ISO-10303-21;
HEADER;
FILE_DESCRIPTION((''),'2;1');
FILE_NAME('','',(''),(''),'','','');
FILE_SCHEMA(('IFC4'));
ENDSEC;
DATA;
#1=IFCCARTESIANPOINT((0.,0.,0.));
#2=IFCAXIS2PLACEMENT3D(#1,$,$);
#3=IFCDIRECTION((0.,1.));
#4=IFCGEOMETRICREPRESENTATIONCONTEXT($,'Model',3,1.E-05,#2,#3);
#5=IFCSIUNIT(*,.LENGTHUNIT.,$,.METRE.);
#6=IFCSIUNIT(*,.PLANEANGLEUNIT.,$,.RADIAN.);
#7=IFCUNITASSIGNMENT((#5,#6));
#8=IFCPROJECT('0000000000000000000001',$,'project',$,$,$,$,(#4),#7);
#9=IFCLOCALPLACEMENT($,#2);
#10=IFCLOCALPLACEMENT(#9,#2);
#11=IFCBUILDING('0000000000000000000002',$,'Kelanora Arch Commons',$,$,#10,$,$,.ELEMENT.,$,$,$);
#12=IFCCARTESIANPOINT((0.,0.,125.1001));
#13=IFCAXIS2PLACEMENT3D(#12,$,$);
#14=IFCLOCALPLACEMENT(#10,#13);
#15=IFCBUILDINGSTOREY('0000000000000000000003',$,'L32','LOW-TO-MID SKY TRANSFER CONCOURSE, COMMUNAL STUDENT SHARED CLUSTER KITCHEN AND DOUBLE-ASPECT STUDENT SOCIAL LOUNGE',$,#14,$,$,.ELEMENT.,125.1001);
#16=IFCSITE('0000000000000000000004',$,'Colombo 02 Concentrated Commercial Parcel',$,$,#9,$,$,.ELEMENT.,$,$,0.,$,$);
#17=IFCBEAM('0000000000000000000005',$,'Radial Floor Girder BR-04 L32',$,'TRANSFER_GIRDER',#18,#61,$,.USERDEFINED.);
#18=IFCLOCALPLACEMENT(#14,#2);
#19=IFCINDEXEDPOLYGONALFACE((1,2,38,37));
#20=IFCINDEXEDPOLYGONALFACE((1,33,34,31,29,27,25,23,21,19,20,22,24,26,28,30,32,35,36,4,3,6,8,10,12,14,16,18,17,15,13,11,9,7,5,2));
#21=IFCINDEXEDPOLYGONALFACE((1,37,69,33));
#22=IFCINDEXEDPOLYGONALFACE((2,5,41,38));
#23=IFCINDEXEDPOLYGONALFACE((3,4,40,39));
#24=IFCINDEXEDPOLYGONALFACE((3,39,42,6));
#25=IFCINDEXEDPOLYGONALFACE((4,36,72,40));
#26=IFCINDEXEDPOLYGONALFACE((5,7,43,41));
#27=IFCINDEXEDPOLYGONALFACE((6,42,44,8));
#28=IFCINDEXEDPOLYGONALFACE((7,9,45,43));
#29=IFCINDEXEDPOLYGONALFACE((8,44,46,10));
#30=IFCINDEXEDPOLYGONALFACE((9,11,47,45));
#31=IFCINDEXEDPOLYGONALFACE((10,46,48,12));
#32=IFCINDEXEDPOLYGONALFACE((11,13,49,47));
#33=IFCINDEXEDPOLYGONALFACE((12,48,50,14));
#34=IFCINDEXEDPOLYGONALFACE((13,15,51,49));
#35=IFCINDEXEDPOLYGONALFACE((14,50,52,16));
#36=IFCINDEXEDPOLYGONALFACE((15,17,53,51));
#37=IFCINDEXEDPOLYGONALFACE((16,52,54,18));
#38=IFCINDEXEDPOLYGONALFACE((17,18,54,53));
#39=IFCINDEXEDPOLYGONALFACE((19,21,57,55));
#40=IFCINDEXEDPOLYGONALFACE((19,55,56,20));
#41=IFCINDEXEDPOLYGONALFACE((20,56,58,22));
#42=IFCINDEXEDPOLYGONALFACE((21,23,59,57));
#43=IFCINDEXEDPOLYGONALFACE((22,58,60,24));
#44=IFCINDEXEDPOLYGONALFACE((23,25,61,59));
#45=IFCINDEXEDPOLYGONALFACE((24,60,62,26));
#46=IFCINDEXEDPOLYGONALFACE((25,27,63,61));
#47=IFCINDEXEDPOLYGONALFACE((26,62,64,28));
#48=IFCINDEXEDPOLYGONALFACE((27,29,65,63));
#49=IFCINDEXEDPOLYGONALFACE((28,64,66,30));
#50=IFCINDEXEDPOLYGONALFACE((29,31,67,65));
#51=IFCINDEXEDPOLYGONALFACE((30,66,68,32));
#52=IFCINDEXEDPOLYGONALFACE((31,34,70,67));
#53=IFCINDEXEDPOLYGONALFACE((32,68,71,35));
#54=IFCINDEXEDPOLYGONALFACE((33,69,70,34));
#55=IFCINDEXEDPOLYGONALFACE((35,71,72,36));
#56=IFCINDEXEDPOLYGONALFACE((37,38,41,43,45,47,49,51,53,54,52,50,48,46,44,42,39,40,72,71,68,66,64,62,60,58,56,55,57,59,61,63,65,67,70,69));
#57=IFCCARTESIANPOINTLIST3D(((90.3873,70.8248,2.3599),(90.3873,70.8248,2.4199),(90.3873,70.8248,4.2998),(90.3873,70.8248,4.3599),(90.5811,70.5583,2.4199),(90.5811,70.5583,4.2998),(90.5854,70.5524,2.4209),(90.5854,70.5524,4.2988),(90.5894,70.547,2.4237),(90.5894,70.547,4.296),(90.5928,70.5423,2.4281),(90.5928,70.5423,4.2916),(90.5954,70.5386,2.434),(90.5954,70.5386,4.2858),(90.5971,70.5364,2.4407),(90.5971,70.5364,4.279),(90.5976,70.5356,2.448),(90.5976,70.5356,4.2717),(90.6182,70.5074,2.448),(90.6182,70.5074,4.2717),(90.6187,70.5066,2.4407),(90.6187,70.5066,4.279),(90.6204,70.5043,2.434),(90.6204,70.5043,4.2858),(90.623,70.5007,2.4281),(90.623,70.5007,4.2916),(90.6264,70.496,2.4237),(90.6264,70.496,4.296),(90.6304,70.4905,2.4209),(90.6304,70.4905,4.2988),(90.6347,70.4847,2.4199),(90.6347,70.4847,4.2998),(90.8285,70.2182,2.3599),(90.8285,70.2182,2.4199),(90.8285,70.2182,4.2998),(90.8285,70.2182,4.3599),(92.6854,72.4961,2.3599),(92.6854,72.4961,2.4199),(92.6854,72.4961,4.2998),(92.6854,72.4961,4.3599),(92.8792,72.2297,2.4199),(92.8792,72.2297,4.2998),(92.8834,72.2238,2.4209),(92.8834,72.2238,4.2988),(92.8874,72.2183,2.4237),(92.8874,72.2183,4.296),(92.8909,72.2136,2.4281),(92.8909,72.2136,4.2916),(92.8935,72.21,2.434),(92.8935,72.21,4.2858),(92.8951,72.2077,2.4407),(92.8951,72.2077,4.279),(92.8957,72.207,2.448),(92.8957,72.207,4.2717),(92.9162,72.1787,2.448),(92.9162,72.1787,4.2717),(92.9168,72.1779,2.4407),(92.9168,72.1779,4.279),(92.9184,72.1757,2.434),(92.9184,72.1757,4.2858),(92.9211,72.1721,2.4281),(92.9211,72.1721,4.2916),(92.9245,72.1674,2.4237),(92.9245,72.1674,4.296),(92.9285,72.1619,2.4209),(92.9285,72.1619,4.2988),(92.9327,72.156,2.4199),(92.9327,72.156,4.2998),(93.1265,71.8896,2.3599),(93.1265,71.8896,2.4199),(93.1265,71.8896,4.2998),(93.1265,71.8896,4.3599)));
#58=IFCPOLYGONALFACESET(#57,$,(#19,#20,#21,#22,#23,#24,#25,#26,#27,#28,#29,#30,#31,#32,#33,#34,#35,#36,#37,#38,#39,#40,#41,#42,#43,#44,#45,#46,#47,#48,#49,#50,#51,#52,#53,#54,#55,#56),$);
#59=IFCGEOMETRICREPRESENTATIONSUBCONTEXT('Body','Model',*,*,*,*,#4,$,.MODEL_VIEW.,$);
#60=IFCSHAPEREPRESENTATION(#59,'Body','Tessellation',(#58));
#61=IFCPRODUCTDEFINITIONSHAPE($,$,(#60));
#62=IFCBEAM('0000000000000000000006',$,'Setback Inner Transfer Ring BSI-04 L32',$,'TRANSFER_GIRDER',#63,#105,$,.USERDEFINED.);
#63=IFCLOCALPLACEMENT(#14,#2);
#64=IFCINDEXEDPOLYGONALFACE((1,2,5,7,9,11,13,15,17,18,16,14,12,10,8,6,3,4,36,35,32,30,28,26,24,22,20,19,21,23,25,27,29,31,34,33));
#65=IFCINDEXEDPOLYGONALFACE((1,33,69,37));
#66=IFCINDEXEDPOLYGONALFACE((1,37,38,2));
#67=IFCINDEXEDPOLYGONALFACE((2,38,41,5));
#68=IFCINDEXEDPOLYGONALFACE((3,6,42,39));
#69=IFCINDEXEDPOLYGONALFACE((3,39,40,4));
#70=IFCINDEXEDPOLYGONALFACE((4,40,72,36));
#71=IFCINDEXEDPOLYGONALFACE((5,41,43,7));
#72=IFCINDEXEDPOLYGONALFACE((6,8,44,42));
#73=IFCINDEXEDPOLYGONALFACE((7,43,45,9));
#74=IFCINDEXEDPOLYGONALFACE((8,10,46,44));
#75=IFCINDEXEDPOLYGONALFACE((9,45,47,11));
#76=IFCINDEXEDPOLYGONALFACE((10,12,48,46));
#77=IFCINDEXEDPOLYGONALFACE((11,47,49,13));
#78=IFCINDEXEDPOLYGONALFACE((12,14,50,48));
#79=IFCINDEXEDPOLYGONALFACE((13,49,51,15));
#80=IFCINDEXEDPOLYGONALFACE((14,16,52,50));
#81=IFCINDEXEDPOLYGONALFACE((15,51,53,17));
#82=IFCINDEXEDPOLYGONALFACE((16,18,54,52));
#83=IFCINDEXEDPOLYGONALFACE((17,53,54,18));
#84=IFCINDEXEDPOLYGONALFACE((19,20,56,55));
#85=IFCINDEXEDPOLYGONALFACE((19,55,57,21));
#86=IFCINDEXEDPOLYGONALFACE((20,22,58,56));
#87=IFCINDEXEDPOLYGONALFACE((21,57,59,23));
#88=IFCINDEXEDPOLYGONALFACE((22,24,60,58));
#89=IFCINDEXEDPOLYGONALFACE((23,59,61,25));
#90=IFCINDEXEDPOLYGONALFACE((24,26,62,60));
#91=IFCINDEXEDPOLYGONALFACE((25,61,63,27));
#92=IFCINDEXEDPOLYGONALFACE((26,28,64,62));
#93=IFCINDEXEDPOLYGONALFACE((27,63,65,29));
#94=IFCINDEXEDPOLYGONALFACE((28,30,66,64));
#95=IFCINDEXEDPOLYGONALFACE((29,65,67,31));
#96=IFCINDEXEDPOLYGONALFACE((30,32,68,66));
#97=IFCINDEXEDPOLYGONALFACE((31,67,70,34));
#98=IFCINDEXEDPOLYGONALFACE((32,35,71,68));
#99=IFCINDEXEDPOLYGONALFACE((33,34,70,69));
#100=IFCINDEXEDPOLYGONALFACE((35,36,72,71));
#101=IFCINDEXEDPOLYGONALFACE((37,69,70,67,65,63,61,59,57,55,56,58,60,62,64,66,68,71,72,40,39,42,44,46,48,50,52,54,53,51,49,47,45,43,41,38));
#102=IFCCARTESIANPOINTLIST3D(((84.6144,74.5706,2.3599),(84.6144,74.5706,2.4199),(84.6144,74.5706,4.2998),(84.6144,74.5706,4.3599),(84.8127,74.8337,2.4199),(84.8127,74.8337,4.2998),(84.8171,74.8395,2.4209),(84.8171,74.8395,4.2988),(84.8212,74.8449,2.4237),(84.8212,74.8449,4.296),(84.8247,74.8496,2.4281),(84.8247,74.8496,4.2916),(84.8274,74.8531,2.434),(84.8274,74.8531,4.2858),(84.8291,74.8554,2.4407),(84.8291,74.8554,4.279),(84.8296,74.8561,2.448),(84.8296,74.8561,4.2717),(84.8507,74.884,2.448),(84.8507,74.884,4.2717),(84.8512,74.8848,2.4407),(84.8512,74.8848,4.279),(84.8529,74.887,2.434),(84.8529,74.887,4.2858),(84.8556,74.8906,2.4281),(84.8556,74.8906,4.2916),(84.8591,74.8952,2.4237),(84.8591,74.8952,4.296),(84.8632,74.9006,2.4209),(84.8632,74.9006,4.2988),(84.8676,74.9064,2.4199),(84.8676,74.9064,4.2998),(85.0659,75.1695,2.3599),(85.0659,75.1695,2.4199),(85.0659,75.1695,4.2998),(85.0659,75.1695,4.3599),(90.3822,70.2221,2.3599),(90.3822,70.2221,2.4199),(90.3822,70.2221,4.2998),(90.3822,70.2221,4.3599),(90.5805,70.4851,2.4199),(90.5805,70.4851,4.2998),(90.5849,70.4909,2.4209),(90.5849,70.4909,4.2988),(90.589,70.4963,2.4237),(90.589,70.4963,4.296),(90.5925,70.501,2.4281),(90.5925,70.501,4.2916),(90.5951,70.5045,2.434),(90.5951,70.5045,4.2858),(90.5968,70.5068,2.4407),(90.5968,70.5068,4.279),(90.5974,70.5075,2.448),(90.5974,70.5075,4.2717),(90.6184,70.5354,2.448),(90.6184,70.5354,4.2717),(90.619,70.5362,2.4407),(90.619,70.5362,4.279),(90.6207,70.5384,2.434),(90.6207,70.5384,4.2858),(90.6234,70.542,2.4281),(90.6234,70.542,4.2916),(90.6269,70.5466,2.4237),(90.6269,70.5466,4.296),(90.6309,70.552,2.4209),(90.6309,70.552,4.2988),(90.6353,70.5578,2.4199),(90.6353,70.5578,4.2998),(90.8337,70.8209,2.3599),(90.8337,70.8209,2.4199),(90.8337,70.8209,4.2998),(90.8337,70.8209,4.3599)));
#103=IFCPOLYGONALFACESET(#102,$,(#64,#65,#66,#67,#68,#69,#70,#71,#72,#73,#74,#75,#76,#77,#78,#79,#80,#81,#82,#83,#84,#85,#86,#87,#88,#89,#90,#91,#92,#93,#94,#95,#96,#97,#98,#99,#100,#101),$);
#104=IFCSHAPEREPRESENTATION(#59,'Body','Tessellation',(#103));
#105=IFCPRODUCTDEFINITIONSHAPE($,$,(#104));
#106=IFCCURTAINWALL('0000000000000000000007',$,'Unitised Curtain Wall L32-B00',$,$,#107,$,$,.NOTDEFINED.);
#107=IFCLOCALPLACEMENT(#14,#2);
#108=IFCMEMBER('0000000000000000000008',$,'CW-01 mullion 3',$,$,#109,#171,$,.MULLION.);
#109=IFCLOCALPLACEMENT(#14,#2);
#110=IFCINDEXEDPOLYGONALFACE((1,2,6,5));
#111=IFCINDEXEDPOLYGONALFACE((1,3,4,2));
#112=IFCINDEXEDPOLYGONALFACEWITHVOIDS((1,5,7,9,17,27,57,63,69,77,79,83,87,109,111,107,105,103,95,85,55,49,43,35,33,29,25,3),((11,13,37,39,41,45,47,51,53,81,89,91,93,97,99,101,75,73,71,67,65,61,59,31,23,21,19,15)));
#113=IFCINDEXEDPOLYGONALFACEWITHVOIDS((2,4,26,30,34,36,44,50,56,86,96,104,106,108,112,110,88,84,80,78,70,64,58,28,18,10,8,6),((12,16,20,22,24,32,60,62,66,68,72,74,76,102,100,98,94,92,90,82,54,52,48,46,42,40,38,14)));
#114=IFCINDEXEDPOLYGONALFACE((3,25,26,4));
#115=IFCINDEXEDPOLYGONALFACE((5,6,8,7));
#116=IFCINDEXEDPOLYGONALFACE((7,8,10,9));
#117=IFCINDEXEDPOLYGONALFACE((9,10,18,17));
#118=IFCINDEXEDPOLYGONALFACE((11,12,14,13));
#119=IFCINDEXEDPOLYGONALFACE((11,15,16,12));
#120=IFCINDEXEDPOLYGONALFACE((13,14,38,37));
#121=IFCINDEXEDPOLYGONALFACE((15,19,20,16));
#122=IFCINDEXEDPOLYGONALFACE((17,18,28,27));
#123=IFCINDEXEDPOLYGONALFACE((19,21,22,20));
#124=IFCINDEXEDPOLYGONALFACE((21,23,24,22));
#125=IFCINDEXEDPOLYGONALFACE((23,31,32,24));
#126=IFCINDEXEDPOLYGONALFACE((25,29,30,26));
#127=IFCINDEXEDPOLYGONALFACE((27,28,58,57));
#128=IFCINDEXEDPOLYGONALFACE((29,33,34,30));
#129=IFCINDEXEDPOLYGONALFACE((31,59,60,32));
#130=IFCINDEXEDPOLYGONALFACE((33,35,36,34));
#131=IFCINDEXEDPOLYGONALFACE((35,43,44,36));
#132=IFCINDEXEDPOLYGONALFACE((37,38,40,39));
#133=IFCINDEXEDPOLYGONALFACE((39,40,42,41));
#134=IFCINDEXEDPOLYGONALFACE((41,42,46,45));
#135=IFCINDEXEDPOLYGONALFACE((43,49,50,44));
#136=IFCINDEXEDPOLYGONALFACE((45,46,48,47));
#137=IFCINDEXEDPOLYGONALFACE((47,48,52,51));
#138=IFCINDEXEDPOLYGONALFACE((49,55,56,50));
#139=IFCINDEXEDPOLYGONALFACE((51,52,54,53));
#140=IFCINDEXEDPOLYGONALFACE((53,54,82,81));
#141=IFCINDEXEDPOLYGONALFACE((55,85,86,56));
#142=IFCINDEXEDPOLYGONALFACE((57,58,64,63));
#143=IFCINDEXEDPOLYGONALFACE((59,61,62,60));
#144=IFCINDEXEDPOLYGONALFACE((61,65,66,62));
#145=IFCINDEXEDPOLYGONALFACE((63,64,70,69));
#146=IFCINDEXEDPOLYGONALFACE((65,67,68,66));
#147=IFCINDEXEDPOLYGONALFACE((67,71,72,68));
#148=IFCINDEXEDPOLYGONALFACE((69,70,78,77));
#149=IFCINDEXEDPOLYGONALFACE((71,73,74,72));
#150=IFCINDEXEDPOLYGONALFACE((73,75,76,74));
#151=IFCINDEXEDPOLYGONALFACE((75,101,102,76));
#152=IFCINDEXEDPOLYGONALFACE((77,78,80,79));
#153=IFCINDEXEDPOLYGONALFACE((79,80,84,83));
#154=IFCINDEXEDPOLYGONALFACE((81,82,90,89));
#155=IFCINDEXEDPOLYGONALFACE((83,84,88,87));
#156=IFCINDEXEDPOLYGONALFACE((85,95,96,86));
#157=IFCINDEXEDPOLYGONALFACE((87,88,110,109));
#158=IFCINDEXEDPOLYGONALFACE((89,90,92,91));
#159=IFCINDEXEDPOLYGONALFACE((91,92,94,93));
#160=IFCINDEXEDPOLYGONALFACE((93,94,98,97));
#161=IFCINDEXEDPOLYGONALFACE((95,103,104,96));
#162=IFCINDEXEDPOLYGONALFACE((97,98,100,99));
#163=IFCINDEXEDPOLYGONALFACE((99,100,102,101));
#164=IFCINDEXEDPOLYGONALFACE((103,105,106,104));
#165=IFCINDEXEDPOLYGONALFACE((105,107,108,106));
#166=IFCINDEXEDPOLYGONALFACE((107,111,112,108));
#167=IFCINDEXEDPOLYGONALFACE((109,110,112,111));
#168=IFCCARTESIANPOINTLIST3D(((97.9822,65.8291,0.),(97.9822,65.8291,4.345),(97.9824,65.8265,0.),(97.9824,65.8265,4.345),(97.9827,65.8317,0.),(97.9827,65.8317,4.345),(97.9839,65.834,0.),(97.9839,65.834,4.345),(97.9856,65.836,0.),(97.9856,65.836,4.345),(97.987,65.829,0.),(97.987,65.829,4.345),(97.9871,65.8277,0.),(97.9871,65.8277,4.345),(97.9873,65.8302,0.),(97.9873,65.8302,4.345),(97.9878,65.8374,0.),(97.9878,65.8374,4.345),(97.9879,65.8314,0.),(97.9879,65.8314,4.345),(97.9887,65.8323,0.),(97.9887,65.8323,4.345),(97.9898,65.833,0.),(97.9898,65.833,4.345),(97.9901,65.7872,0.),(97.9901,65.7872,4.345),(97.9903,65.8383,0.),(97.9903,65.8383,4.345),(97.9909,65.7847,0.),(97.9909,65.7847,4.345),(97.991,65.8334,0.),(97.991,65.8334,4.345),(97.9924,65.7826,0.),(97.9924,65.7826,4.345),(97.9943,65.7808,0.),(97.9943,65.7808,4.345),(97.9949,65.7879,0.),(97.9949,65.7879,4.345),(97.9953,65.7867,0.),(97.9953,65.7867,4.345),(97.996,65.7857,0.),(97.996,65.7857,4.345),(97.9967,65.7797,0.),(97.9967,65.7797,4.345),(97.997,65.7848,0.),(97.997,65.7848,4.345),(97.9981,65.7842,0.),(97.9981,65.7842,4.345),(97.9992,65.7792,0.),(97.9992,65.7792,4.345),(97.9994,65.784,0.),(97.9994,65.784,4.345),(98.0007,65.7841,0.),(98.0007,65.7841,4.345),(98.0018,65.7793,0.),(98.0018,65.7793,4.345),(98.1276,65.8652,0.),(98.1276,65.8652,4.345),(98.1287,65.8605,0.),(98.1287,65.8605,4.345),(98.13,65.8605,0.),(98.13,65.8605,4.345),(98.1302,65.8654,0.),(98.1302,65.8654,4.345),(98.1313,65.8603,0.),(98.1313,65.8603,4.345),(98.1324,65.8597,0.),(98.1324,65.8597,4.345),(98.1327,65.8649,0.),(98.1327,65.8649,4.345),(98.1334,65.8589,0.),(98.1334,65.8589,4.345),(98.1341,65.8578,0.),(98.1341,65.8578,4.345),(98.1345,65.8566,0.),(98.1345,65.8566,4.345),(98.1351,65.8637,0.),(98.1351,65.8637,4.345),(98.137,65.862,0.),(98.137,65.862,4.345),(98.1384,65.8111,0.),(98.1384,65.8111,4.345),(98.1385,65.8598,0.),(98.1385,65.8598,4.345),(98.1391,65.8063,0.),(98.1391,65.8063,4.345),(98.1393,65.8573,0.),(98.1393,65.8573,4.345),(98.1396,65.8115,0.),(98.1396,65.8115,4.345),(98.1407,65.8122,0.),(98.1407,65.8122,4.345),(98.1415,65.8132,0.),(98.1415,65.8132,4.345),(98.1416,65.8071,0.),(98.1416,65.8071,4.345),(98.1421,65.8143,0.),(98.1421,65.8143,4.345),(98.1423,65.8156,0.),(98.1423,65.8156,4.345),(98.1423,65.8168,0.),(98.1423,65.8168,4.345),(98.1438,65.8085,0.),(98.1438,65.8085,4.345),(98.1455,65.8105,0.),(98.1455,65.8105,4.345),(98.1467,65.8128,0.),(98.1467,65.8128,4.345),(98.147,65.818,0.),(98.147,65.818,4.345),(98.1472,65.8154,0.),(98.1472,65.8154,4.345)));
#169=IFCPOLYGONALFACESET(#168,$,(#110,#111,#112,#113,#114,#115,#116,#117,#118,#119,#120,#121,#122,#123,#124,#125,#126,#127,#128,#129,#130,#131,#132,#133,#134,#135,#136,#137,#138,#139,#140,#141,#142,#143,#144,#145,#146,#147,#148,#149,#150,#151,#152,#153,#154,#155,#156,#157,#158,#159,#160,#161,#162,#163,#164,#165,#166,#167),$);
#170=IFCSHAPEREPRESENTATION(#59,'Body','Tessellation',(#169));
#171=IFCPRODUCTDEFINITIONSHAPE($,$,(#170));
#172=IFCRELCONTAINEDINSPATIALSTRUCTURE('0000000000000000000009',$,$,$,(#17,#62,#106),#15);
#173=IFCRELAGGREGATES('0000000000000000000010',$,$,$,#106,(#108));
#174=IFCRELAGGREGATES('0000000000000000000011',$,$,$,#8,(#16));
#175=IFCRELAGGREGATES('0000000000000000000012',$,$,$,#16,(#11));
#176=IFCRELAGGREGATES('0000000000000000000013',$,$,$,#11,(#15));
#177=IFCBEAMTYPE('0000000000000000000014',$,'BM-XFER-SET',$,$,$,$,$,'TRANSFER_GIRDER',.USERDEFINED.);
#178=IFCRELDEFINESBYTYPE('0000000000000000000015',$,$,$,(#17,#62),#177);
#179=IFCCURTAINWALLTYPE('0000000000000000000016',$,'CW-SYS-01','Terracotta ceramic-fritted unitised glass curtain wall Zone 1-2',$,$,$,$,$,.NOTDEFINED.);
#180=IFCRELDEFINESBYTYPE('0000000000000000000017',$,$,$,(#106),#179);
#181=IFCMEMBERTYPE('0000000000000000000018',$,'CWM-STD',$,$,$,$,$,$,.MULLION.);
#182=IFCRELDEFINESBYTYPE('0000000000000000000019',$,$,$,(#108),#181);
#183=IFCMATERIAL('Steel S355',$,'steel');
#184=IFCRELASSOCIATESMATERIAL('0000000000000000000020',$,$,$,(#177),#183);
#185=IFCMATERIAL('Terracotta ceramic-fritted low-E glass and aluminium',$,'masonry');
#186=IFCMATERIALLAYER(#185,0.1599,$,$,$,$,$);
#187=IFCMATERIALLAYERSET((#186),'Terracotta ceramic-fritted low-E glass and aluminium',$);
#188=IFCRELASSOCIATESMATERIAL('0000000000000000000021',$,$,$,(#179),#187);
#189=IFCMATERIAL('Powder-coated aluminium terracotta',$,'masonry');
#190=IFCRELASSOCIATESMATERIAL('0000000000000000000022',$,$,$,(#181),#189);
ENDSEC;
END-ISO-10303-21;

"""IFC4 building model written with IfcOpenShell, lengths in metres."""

from ifc_helpers import new_model, si_unit, direction, frame, origin, origin_2d, place, context, subcontext, project, spatial, hollow_rectangle, i_section, extrude, material, layer, layer_set, material_profile, profile_set, type_object, element, aggregate, save


model = new_model("IFC4")

# Units and contexts
model_context = context("Model", 3, precision=1e-05, world=origin(), true_north=direction((0.0, 1.0)))
body_context = subcontext(model_context, "Body", "Model", "MODEL_VIEW")
ifc_project = project(units=[si_unit("LENGTHUNIT", "METRE"), si_unit("PLANEANGLEUNIT", "RADIAN")], contexts=[model_context])

# Site, building, storey
site_placement = place(None, origin())
site = spatial("IfcSite", under=ifc_project, at=site_placement, Name="Colombo 02 Concentrated Commercial Parcel", CompositionType="ELEMENT", RefElevation=0.0)
building_placement = place(site_placement, origin())
building = spatial("IfcBuilding", under=site, at=building_placement, Name="Kelanora Arch Commons", CompositionType="ELEMENT")
storey_placement = place(building_placement, frame((0.0, 0.0, 125.1001)))
storey = spatial("IfcBuildingStorey", under=building, at=storey_placement, Name="L32", Description="LOW-TO-MID SKY TRANSFER CONCOURSE, COMMUNAL STUDENT SHARED CLUSTER KITCHEN AND DOUBLE-ASPECT STUDENT SOCIAL LOUNGE", CompositionType="ELEMENT", Elevation=125.1001)

# Beams
ifc_material_1 = material(Name="Steel S355", Category="steel")
ifc_material_profile_1 = material_profile(ifc_material_1, i_section(OverallWidth=0.75, OverallDepth=2.0, WebThickness=0.0349, FlangeThickness=0.0601, FilletRadius=0.0281, at=origin_2d()), Name="PG2000x750")
ifc_profile_set_1 = profile_set([ifc_material_profile_1], Name="Steel S355")
beam_type_1 = type_object("IfcBeamType", Name="BM-XFER-SET", ElementType="TRANSFER_GIRDER", PredefinedType="USERDEFINED", material=ifc_profile_set_1)
beam_1_placement = place(storey_placement, frame((90.6079, 70.5215, 3.3599), z_axis=(0.808729, 0.588182, 0.0), x_axis=(-0.588182, 0.808729, 0.0)))
element("IfcBeam", 1, at=beam_1_placement, inside=storey, type_object=beam_type_1, Name="Radial Floor Girder BR-04 L32", ObjectType="TRANSFER_GIRDER", PredefinedType="USERDEFINED", context=body_context, shape_type="SweptSolid", body=[
    extrude(i_section(OverallWidth=0.75, OverallDepth=2.0, WebThickness=0.0349, FlangeThickness=0.0601, FilletRadius=0.0281, at=origin_2d()), origin(), (0.0, 0.0, 1.0), 2.8416),
])
beam_2_placement = place(storey_placement, frame((90.6079, 70.5215, 3.3599), z_axis=(-0.798485, 0.602015, 0.0), x_axis=(-0.602015, -0.798485, 0.0)))
element("IfcBeam", 2, at=beam_2_placement, inside=storey, type_object=beam_type_1, Name="Setback Inner Transfer Ring BSI-04 L32", ObjectType="TRANSFER_GIRDER", PredefinedType="USERDEFINED", context=body_context, shape_type="SweptSolid", body=[
    extrude(i_section(OverallWidth=0.75, OverallDepth=2.0, WebThickness=0.0349, FlangeThickness=0.0601, FilletRadius=0.0281, at=origin_2d()), origin(), (0.0, 0.0, 1.0), 7.2234),
])

# Curtain wall, member
ifc_material_2 = material(Name="Terracotta ceramic-fritted low-E glass and aluminium", Category="masonry")
ifc_layer_1 = layer(ifc_material_2, 0.1599)
ifc_layer_set_1 = layer_set([ifc_layer_1], Name="Terracotta ceramic-fritted low-E glass and aluminium")
curtain_wall_type = type_object("IfcCurtainWallType", Name="CW-SYS-01", Description="Terracotta ceramic-fritted unitised glass curtain wall Zone 1-2", PredefinedType="NOTDEFINED", material=ifc_layer_set_1)
curtain_wall_1_placement = place(storey_placement, origin())
curtain_wall_1 = element("IfcCurtainWall", 3, at=curtain_wall_1_placement, inside=storey, type_object=curtain_wall_type, Name="Unitised Curtain Wall L32-B00", PredefinedType="NOTDEFINED")
ifc_material_3 = material(Name="Powder-coated aluminium terracotta", Category="masonry")
ifc_material_profile_2 = material_profile(ifc_material_3, hollow_rectangle(XDim=0.1599, YDim=0.0601, WallThickness=0.0049, InnerFilletRadius=0.0049, OuterFilletRadius=0.01, at=origin_2d()), Name="CWM160x60")
ifc_profile_set_2 = profile_set([ifc_material_profile_2], Name="Powder-coated aluminium terracotta")
member_type_1 = type_object("IfcMemberType", Name="CWM-STD", PredefinedType="MULLION", material=ifc_profile_set_2)
member_1_placement = place(storey_placement, frame((98.0647, 65.8223, 0.0), z_axis=(0.0, 0.0, 1.0), x_axis=(-0.98128, -0.192585, 0.0)))
member_1 = element("IfcMember", 4, at=member_1_placement, type_object=member_type_1, Name="CW-01 mullion 3", PredefinedType="MULLION", context=body_context, shape_type="SweptSolid", body=[
    extrude(hollow_rectangle(XDim=0.1599, YDim=0.0601, WallThickness=0.0049, InnerFilletRadius=0.0049, OuterFilletRadius=0.01, at=origin_2d()), origin(), (0.0, 0.0, 1.0), 4.345),
])
aggregate(curtain_wall_1, [member_1])

save(model, "model.ifc")
